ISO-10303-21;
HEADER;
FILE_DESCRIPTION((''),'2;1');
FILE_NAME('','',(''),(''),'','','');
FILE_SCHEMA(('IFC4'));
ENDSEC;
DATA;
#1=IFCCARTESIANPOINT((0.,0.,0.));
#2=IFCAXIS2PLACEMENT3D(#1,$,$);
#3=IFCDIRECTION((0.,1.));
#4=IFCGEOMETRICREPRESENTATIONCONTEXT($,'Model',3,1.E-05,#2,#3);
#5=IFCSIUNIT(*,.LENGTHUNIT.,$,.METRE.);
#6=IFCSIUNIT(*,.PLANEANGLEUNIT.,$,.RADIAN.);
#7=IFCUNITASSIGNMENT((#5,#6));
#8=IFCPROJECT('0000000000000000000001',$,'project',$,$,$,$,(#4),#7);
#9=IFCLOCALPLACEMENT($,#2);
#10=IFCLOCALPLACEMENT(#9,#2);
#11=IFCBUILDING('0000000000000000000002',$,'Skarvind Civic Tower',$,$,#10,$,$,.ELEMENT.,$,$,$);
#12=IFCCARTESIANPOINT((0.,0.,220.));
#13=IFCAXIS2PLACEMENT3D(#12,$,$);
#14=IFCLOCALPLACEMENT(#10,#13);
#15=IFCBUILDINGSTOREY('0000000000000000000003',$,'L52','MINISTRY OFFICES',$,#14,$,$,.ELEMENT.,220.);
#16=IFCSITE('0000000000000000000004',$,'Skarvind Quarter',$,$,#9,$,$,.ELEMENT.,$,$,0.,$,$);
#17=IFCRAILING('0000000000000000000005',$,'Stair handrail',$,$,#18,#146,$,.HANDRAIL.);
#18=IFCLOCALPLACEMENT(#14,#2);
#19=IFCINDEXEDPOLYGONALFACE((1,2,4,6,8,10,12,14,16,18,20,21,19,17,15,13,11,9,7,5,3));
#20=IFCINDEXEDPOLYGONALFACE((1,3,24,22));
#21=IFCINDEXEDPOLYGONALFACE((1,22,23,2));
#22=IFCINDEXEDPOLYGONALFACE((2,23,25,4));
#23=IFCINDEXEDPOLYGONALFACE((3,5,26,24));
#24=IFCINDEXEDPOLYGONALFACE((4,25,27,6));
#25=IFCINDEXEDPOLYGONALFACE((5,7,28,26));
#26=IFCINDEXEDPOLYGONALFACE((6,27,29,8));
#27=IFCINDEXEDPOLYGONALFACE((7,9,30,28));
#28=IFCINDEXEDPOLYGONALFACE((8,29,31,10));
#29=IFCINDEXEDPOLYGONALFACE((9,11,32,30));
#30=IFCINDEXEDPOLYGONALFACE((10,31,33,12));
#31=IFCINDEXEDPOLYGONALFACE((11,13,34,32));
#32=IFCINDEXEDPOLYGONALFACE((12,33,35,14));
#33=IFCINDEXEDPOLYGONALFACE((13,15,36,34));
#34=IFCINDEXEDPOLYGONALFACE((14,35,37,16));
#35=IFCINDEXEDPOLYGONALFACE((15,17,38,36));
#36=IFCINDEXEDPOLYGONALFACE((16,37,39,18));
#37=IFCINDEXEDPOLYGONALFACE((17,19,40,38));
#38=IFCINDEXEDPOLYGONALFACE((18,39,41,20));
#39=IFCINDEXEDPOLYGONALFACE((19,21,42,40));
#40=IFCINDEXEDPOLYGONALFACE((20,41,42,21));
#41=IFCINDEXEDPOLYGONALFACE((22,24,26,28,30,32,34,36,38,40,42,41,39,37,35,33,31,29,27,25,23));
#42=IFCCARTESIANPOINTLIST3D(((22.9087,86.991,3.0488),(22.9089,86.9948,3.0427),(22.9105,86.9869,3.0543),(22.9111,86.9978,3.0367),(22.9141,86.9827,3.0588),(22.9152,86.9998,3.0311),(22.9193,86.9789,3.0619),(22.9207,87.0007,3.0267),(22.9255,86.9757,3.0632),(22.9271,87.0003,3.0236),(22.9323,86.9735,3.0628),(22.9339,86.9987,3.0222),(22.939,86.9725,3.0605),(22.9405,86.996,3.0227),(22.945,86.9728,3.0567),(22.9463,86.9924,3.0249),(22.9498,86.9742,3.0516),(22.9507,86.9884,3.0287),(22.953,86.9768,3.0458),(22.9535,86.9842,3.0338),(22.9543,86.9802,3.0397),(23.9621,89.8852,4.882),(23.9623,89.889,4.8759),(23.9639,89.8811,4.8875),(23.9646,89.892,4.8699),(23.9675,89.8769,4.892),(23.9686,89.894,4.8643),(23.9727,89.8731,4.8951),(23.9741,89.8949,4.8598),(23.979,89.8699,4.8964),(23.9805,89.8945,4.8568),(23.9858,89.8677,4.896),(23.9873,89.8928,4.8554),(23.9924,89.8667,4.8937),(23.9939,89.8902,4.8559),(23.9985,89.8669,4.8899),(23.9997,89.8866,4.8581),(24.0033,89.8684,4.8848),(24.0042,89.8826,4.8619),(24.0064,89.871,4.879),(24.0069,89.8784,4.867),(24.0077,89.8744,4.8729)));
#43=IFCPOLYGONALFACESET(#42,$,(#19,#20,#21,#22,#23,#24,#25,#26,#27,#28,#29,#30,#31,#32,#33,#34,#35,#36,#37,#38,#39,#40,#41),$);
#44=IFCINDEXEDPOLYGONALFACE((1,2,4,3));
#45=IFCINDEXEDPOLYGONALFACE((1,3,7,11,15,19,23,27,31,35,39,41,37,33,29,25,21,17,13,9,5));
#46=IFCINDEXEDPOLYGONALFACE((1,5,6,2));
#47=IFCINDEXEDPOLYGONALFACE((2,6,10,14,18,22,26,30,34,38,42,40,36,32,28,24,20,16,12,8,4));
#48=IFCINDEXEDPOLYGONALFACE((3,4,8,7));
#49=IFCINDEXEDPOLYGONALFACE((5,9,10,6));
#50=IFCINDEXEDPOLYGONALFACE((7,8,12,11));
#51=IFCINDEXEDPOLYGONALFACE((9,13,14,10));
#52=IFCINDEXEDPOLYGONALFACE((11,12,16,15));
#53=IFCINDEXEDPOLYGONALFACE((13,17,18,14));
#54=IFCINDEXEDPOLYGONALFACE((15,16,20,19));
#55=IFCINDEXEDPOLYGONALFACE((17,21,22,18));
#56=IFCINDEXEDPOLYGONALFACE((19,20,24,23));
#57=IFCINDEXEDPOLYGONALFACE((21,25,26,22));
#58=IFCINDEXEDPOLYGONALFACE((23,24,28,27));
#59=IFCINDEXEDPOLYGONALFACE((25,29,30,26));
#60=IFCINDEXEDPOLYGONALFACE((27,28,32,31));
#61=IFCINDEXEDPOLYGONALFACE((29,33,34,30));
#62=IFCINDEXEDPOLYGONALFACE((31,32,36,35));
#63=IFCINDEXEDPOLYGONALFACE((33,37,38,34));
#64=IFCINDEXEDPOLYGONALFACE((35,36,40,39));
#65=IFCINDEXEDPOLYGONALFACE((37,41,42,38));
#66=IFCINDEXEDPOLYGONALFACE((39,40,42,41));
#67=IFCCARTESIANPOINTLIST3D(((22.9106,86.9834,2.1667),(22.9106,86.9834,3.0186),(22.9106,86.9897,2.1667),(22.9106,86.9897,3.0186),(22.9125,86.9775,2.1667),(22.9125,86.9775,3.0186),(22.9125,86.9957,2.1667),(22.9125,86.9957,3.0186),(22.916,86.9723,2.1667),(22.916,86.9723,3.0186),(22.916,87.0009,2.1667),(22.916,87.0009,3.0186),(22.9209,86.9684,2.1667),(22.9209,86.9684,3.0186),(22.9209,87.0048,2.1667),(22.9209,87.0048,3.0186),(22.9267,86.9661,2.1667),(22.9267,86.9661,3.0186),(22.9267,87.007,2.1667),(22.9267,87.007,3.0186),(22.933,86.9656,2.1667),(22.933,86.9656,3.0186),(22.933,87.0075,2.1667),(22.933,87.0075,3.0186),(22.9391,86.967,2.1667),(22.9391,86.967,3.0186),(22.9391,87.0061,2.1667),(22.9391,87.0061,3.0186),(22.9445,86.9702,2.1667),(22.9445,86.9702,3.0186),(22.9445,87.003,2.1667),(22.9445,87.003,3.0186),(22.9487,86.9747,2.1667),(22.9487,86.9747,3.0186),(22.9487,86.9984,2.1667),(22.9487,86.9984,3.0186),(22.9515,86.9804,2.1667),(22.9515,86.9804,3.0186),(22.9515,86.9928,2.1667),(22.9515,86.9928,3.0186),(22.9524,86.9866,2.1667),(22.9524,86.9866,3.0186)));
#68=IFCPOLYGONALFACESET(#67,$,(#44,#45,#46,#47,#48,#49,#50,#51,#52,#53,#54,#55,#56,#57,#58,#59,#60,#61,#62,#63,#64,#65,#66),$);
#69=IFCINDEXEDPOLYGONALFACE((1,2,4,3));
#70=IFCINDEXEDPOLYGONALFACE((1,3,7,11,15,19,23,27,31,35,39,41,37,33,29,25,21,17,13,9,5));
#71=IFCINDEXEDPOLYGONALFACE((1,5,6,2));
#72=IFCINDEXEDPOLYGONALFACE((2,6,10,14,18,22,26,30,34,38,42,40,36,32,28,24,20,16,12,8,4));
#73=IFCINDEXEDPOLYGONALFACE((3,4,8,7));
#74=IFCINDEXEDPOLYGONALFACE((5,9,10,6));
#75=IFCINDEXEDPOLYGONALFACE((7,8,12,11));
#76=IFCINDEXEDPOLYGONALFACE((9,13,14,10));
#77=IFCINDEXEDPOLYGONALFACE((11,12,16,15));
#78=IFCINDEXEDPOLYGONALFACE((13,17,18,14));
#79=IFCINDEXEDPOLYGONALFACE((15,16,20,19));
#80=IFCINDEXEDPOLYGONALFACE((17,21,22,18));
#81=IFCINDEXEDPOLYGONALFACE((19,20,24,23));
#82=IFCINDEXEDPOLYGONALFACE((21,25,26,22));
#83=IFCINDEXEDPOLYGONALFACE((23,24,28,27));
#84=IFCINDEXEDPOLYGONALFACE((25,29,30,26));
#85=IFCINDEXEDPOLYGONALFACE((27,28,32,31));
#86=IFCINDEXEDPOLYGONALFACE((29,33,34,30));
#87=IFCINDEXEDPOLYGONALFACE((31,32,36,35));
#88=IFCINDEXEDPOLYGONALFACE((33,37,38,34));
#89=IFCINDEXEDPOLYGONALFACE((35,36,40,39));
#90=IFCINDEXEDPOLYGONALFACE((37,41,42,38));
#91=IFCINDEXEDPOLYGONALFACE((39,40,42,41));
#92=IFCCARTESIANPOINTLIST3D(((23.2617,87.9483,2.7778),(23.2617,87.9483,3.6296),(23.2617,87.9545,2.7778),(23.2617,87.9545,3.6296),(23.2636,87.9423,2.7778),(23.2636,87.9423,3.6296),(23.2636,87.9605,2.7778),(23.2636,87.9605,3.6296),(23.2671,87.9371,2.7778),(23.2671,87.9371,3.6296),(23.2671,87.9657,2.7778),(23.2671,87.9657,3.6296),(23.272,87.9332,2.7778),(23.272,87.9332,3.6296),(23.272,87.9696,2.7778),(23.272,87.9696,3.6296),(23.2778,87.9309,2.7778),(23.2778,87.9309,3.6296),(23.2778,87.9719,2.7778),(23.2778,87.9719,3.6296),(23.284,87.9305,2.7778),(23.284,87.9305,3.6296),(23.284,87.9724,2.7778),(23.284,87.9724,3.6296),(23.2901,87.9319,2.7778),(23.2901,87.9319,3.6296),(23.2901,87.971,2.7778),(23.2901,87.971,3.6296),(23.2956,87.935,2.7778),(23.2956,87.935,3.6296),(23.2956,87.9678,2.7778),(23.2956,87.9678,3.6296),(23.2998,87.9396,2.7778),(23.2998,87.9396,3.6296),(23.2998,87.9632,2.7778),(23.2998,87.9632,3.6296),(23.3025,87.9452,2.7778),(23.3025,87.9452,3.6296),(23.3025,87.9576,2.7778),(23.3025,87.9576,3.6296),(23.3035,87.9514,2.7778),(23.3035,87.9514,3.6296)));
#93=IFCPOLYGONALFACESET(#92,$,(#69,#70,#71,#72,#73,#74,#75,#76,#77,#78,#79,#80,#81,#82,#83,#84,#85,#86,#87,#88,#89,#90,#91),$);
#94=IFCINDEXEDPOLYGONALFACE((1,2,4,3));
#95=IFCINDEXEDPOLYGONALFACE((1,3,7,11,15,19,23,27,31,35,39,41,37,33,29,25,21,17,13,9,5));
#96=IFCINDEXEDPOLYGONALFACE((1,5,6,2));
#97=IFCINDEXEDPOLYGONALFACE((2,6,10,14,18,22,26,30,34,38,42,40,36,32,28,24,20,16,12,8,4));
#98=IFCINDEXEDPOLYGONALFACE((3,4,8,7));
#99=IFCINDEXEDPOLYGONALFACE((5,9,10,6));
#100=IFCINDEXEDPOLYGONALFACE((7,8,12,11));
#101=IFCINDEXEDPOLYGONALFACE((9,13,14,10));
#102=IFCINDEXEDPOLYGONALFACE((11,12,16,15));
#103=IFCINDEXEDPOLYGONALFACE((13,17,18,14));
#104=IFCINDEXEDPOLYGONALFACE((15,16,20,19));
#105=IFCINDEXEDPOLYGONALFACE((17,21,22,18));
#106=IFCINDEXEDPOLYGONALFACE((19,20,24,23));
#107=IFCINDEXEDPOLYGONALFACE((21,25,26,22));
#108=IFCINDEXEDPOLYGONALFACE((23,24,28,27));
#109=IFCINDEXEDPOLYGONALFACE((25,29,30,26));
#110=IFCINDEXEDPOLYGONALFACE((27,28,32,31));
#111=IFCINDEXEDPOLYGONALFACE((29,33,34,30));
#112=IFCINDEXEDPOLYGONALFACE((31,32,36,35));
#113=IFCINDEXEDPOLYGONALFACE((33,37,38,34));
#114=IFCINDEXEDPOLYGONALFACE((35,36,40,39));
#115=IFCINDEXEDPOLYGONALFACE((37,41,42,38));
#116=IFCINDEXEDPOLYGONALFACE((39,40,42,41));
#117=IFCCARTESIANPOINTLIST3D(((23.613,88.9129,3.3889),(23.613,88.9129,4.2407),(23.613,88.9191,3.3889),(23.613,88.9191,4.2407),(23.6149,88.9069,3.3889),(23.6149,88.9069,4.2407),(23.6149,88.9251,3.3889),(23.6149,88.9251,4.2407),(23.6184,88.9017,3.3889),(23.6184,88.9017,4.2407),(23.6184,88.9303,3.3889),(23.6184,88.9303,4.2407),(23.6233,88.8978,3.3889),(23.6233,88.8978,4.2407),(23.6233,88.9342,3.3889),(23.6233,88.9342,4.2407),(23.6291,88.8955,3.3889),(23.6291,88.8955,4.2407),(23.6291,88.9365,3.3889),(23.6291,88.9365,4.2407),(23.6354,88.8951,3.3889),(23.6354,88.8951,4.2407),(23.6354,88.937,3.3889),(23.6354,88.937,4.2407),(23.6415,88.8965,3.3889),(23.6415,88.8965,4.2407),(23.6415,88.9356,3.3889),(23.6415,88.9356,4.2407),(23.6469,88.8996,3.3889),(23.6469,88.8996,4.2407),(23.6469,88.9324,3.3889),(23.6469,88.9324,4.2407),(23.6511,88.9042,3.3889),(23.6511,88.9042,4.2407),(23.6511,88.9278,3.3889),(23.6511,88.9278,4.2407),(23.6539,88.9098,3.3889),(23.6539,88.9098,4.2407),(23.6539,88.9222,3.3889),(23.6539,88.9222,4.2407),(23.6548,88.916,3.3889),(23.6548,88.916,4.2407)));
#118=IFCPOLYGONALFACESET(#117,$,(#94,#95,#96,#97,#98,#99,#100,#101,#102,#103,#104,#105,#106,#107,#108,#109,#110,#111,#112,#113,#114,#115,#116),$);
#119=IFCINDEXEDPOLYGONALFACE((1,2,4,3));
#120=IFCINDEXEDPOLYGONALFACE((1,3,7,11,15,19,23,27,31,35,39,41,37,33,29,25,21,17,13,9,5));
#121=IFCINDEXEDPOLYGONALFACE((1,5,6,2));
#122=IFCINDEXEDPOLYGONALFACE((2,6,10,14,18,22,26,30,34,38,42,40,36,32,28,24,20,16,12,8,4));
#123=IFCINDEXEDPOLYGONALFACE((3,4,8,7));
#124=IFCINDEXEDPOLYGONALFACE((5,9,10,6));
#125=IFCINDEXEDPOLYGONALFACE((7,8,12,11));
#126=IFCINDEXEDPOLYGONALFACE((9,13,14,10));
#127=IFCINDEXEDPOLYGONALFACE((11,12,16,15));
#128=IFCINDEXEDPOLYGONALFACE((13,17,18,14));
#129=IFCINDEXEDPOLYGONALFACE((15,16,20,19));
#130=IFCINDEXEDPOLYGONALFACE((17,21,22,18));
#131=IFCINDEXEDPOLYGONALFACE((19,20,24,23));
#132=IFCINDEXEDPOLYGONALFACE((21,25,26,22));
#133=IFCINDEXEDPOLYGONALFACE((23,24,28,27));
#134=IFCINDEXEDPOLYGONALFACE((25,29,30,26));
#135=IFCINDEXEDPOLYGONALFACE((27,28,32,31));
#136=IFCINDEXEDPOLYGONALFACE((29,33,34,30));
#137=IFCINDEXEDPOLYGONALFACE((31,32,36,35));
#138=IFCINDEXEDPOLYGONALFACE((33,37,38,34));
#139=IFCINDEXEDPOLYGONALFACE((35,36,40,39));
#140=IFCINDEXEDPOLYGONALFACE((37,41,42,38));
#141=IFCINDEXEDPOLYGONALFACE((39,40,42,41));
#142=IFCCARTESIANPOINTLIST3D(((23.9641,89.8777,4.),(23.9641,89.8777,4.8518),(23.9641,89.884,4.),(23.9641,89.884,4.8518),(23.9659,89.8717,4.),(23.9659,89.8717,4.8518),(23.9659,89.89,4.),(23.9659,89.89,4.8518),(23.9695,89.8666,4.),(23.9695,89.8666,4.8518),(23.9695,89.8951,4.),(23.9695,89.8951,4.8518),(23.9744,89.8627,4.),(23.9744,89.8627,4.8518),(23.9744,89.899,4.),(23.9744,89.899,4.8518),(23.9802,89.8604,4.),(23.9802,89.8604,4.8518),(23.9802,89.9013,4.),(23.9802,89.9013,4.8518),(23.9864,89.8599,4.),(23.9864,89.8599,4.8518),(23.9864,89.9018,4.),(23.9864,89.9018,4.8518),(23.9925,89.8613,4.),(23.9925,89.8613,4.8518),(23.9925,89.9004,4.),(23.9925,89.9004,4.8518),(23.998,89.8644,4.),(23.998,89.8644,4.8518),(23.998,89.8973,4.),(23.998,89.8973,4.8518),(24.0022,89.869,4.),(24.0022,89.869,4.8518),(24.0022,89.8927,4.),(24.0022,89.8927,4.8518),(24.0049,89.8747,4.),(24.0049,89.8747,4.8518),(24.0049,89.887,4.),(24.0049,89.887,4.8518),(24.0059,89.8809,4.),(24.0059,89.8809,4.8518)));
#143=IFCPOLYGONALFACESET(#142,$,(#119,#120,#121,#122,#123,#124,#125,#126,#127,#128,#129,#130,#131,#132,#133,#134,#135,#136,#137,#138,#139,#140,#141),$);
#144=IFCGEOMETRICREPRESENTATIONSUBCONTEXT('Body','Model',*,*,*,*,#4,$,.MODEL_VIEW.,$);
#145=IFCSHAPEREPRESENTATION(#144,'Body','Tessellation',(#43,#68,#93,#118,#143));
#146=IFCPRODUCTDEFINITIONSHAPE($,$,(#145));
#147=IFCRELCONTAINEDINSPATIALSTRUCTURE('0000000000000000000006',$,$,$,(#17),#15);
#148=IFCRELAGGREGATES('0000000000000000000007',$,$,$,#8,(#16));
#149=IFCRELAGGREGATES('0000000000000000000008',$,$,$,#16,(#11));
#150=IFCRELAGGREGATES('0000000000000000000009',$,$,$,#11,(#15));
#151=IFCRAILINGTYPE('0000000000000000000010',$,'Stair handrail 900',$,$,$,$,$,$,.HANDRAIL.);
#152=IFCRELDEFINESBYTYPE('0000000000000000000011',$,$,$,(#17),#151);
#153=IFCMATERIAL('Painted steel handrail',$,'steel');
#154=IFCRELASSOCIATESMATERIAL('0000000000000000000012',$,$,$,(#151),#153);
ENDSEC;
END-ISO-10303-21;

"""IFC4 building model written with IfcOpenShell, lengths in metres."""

from ifc_helpers import new_model, si_unit, direction, frame, origin, origin_2d, place, context, subcontext, project, spatial, circle, extrude, material, type_object, element, save


model = new_model("IFC4")

# Units and contexts
model_context = context("Model", 3, precision=1e-05, world=origin(), true_north=direction((0.0, 1.0)))
body_context = subcontext(model_context, "Body", "Model", "MODEL_VIEW")
ifc_project = project(units=[si_unit("LENGTHUNIT", "METRE"), si_unit("PLANEANGLEUNIT", "RADIAN")], contexts=[model_context])

# Site, building, storey
site_placement = place(None, origin())
site = spatial("IfcSite", under=ifc_project, at=site_placement, Name="Skarvind Quarter", CompositionType="ELEMENT", RefElevation=0.0)
building_placement = place(site_placement, origin())
building = spatial("IfcBuilding", under=site, at=building_placement, Name="Skarvind Civic Tower", CompositionType="ELEMENT")
storey_placement = place(building_placement, frame((0.0, 0.0, 220.0)))
storey = spatial("IfcBuildingStorey", under=building, at=storey_placement, Name="L52", Description="MINISTRY OFFICES", CompositionType="ELEMENT", Elevation=220.0)

# Railing
ifc_material_1 = material(Name="Painted steel handrail", Category="steel")
railing_type = type_object("IfcRailingType", Name="Stair handrail 900", PredefinedType="HANDRAIL", material=ifc_material_1)
railing_1_placement = place(storey_placement, frame((22.9314, 86.9866, 2.1667)))
element("IfcRailing", 1, at=railing_1_placement, inside=storey, type_object=railing_type, Name="Stair handrail", PredefinedType="HANDRAIL", context=body_context, shape_type="SweptSolid", body=[
    extrude(circle(Radius=0.0239, at=origin_2d()), frame((0.0, 0.0, 0.876), z_axis=(0.293908, 0.807481, 0.511461), x_axis=(-0.939689, 0.342029, 0.0)), (0.0, 0.0, 1.0), 3.5842),
    extrude(circle(Radius=0.021, at=origin_2d()), origin(), (0.0, 0.0, 1.0), 0.8518),
    extrude(circle(Radius=0.021, at=origin_2d()), frame((0.3511, 0.9648, 0.6111)), (0.0, 0.0, 1.0), 0.8518),
    extrude(circle(Radius=0.021, at=origin_2d()), frame((0.7024, 1.9294, 1.2222)), (0.0, 0.0, 1.0), 0.8518),
    extrude(circle(Radius=0.021, at=origin_2d()), frame((1.0535, 2.8943, 1.8333)), (0.0, 0.0, 1.0), 0.8518),
])

save(model, "model.ifc")
